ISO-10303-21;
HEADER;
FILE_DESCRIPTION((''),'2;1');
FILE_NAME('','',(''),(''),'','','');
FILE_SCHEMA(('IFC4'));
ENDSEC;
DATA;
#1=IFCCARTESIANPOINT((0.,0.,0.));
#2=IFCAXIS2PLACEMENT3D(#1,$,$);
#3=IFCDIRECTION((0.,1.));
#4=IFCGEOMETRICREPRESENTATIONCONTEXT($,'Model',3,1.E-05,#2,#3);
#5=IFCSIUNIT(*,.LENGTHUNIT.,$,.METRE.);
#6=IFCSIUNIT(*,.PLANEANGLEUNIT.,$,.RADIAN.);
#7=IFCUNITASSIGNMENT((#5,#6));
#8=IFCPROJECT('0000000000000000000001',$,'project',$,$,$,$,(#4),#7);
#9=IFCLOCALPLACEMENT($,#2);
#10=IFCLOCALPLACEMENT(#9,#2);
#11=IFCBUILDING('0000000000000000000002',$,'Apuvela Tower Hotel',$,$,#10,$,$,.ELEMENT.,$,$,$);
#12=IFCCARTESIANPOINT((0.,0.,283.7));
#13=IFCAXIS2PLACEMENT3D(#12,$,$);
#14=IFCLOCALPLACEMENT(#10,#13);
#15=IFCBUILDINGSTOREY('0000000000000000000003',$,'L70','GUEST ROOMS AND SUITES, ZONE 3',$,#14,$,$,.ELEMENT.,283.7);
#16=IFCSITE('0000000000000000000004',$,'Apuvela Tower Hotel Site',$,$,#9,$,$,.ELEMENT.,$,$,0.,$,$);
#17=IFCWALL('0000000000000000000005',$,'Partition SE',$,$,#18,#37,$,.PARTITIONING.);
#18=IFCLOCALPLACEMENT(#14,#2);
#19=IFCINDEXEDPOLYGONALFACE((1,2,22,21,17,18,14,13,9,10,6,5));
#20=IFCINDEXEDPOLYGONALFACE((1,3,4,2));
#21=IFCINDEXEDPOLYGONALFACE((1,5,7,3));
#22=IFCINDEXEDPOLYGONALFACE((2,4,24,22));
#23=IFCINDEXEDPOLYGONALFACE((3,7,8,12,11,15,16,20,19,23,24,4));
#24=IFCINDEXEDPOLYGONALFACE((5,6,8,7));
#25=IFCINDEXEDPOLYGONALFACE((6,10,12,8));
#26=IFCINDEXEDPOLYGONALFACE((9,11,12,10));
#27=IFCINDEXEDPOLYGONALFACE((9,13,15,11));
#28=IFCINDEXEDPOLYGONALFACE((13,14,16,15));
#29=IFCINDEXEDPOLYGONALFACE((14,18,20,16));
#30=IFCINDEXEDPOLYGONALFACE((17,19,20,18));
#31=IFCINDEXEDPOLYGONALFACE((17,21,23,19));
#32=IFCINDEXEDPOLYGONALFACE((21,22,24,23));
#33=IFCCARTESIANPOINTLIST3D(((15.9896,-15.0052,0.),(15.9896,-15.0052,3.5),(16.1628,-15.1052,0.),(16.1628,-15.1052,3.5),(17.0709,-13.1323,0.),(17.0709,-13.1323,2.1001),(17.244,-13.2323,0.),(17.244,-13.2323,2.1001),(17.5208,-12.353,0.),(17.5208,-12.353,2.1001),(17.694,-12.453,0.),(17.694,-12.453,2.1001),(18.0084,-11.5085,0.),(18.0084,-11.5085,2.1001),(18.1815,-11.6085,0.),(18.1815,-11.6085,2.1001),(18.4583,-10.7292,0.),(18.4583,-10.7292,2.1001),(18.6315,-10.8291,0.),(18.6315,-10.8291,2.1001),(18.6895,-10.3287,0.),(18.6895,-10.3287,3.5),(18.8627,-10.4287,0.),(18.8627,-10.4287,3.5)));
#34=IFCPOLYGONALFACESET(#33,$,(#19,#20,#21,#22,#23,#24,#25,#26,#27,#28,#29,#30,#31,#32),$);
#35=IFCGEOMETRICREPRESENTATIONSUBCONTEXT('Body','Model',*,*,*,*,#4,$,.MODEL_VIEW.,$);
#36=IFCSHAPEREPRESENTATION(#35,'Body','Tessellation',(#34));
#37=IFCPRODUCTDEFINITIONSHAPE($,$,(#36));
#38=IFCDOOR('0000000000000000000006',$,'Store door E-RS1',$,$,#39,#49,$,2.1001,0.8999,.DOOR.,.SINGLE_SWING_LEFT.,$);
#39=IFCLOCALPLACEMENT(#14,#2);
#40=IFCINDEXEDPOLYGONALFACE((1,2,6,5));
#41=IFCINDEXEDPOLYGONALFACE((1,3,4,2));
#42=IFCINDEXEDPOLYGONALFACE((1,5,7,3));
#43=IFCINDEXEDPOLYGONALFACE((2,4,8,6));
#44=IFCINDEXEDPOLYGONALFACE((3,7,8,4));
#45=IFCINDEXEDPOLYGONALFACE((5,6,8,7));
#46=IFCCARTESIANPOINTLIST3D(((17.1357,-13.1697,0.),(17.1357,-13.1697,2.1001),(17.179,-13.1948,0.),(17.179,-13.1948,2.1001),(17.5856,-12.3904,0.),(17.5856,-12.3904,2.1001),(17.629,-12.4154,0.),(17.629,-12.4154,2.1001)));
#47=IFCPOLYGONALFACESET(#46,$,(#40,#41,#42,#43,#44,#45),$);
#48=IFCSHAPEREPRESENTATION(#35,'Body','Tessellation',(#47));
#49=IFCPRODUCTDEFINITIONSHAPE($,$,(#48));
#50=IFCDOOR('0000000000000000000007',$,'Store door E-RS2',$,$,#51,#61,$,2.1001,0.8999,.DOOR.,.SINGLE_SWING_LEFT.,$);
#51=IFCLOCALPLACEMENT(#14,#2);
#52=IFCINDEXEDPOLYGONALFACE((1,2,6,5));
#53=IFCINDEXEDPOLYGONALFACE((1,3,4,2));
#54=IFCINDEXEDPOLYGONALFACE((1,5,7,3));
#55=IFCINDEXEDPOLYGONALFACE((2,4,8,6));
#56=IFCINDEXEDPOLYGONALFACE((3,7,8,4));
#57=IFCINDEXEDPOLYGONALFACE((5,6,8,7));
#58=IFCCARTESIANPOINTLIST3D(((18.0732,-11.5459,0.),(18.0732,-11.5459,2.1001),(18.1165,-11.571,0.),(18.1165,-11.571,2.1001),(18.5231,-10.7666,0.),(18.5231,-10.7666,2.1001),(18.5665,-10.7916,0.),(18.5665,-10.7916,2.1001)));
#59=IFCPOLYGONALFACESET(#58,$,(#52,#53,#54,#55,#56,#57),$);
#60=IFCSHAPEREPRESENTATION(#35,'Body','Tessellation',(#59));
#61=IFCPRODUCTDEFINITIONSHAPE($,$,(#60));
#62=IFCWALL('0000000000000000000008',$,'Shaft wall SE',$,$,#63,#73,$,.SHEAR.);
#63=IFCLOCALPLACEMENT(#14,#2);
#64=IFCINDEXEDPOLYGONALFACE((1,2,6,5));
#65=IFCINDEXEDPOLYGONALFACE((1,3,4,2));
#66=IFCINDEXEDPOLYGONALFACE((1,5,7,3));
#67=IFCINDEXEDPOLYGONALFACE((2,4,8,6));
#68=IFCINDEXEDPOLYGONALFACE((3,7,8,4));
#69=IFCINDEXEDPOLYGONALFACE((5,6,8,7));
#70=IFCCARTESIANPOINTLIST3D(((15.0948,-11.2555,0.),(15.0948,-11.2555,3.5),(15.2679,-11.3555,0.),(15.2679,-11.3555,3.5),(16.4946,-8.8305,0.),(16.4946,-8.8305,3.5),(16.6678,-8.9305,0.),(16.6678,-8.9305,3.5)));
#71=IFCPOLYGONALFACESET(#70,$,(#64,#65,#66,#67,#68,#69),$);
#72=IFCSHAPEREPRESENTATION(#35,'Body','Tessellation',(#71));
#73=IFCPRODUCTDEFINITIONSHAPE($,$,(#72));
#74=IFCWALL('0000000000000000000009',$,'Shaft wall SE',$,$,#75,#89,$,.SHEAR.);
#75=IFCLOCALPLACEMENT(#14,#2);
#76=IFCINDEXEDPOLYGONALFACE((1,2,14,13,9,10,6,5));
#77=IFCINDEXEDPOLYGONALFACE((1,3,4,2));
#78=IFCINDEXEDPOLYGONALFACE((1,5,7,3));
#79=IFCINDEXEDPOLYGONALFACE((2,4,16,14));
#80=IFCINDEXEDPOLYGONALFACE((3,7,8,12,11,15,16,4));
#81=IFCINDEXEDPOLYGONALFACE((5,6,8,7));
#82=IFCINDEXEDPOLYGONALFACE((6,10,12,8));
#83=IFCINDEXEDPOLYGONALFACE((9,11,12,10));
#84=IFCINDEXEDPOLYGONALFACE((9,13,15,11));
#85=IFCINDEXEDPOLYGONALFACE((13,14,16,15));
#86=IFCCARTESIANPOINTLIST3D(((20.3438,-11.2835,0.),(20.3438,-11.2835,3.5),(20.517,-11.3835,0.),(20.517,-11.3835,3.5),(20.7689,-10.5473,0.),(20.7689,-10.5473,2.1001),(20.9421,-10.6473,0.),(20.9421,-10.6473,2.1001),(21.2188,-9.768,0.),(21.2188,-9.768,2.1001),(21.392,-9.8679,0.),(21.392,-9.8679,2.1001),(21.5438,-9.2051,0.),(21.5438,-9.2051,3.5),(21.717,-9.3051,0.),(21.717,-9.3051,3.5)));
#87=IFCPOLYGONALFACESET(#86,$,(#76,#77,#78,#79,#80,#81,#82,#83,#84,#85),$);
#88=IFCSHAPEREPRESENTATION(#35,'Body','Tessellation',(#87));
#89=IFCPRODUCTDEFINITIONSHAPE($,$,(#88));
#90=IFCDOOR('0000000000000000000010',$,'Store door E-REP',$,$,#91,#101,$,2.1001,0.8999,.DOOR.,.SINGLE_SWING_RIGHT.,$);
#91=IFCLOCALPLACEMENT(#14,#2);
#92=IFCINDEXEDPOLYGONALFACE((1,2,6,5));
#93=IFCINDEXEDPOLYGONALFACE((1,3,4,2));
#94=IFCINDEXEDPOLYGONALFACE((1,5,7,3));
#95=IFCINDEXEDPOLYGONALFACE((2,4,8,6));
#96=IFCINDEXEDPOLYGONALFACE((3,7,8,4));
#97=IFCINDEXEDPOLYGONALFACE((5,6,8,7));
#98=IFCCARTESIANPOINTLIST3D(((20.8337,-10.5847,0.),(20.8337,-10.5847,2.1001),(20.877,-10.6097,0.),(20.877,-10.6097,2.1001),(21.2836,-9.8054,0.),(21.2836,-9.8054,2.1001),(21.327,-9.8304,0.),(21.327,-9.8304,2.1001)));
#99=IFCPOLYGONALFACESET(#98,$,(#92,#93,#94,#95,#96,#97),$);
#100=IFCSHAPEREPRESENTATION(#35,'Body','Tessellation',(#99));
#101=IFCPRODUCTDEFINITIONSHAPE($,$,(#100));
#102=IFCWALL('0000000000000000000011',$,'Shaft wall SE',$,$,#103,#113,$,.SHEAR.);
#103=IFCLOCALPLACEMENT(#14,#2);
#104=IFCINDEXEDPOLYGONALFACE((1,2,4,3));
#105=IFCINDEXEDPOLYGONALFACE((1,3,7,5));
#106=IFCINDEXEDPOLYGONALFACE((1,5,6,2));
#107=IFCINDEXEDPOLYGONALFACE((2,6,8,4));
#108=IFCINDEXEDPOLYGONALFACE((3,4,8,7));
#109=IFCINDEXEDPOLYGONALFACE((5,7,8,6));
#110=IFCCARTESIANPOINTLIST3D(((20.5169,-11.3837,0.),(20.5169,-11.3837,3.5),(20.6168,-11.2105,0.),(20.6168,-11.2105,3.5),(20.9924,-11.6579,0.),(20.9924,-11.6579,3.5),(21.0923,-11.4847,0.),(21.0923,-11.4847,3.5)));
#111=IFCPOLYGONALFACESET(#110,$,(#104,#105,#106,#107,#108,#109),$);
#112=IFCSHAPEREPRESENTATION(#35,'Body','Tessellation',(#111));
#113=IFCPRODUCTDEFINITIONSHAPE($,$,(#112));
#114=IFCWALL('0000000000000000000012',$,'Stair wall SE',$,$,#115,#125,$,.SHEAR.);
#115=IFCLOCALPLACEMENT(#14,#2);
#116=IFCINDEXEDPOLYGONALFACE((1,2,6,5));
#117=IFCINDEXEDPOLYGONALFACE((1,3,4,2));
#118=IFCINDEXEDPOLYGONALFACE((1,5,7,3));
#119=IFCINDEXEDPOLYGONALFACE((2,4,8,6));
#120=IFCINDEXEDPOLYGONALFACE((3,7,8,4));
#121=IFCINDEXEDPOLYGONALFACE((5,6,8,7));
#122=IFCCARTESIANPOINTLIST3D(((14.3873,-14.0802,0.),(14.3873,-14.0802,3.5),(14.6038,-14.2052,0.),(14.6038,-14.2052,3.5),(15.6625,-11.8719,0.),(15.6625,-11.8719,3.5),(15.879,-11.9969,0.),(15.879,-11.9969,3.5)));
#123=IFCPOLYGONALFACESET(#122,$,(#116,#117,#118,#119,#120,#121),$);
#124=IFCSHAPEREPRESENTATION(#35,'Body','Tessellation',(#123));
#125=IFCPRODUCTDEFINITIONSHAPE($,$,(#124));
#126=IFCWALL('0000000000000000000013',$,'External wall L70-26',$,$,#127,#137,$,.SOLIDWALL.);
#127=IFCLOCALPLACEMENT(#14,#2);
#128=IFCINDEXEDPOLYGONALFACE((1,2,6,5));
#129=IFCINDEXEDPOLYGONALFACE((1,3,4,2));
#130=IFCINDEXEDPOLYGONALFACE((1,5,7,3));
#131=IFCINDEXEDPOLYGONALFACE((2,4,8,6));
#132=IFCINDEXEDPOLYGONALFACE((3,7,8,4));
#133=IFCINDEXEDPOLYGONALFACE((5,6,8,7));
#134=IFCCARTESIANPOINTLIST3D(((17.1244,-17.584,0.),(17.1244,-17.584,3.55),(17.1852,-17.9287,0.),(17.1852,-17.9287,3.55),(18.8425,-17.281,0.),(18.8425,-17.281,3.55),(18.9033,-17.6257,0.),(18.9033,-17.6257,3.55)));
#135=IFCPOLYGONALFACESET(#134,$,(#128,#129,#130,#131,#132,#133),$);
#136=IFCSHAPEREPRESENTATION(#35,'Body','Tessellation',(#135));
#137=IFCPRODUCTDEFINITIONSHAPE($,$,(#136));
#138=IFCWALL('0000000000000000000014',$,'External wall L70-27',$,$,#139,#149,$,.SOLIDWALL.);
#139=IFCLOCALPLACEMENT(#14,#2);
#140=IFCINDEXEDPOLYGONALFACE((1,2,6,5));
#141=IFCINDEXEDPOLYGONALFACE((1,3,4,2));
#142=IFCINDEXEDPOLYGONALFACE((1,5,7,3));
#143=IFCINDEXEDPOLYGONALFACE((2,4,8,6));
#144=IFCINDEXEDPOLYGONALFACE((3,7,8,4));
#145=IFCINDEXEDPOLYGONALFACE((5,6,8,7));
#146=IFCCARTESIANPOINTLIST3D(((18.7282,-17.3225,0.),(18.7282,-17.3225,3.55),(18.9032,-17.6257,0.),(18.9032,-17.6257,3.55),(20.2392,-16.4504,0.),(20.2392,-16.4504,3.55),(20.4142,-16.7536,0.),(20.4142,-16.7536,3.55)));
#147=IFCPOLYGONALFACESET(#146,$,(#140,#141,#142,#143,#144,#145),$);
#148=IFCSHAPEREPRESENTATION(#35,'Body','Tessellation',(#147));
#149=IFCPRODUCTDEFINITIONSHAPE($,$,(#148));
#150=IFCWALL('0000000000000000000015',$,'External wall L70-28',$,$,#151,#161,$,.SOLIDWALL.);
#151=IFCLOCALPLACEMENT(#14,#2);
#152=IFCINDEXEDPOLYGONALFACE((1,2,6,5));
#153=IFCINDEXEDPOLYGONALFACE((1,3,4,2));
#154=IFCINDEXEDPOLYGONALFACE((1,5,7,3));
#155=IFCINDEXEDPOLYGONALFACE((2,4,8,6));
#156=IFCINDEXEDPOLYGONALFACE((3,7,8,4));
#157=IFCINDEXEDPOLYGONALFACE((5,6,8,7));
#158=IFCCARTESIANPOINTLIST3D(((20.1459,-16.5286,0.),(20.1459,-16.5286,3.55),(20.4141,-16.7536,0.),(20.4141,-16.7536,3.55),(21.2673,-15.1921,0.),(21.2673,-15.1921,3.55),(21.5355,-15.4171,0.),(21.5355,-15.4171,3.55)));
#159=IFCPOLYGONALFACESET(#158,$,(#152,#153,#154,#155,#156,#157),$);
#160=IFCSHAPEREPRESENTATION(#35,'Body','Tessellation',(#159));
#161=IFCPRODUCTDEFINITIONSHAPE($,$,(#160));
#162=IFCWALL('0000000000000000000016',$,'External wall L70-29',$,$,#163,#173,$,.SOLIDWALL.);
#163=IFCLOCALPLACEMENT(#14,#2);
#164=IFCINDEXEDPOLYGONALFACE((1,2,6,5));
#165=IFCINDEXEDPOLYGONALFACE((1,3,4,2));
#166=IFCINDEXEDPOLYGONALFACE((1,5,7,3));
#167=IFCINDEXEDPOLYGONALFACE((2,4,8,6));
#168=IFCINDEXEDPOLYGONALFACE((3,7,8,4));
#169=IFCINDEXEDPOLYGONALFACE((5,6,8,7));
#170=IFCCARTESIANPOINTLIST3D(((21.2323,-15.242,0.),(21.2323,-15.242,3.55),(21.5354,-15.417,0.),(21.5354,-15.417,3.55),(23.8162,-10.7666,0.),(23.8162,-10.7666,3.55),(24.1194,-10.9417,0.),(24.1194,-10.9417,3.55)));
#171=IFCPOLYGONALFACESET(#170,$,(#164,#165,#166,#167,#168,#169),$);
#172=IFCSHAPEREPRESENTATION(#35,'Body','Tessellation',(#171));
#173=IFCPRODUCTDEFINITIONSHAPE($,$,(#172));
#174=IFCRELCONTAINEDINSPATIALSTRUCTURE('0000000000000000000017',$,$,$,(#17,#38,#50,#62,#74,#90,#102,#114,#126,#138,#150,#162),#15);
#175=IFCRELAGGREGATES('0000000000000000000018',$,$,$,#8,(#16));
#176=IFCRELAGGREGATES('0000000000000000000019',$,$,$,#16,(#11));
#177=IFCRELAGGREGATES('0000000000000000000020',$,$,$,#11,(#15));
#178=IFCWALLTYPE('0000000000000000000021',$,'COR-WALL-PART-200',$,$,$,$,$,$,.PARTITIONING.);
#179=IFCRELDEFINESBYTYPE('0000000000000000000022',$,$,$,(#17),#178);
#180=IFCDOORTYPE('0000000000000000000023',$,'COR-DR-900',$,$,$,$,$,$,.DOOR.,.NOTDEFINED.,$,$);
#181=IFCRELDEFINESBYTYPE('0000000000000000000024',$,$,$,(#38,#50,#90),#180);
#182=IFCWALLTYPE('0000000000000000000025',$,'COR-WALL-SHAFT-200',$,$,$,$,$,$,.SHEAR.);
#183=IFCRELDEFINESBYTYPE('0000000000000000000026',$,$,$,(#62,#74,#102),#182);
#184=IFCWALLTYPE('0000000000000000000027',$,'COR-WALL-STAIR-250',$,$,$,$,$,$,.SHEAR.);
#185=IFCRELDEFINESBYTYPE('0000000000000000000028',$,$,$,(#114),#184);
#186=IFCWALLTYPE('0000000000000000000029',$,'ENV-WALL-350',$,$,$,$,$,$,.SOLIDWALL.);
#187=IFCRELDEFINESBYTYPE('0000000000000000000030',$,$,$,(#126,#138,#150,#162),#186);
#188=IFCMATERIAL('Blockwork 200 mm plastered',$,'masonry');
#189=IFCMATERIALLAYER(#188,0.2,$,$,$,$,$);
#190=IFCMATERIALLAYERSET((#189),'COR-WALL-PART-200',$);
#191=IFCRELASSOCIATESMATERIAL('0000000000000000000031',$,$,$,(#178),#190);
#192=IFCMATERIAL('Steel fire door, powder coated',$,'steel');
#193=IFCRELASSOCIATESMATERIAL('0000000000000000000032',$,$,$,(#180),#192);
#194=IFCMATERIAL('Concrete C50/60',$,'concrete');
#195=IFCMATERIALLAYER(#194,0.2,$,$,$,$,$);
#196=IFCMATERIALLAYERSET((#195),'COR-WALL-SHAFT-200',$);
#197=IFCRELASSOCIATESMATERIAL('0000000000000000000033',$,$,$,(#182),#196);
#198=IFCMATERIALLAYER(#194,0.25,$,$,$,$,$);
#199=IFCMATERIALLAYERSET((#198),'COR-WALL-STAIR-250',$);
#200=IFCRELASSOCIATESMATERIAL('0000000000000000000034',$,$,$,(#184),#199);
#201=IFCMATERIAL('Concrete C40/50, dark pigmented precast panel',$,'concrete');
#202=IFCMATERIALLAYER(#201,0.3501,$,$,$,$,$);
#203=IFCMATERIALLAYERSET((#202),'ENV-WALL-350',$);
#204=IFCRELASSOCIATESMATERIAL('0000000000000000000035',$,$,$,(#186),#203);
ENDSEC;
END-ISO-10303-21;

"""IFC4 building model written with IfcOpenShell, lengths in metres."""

from ifc_helpers import new_model, si_unit, direction, frame, frame_2d, origin, place, context, subcontext, project, spatial, rectangle, extrude, material, layer, layer_set, type_object, element, fill, save


model = new_model("IFC4")

# Units and contexts
model_context = context("Model", 3, precision=1e-05, world=origin(), true_north=direction((0.0, 1.0)))
body_context = subcontext(model_context, "Body", "Model", "MODEL_VIEW")
ifc_project = project(units=[si_unit("LENGTHUNIT", "METRE"), si_unit("PLANEANGLEUNIT", "RADIAN")], contexts=[model_context])

# Site, building, storey
site_placement = place(None, origin())
site = spatial("IfcSite", under=ifc_project, at=site_placement, Name="Apuvela Tower Hotel Site", CompositionType="ELEMENT", RefElevation=0.0)
building_placement = place(site_placement, origin())
building = spatial("IfcBuilding", under=site, at=building_placement, Name="Apuvela Tower Hotel", CompositionType="ELEMENT")
storey_placement = place(building_placement, frame((0.0, 0.0, 283.7)))
storey = spatial("IfcBuildingStorey", under=building, at=storey_placement, Name="L70", Description="GUEST ROOMS AND SUITES, ZONE 3", CompositionType="ELEMENT", Elevation=283.7)

# Wall, openings, doors
ifc_material_1 = material(Name="Blockwork 200 mm plastered", Category="masonry")
ifc_layer_1 = layer(ifc_material_1, 0.2)
ifc_layer_set_1 = layer_set([ifc_layer_1], Name="COR-WALL-PART-200")
wall_type_1 = type_object("IfcWallType", Name="COR-WALL-PART-200", PredefinedType="PARTITIONING", material=ifc_layer_set_1)
wall_1_placement = place(storey_placement, frame((16.0762, -15.0552, 0.0), z_axis=(0.0, 0.0, 1.0), x_axis=(0.499995, 0.866028, 0.0)))
wall_1 = element("IfcWall", 1, at=wall_1_placement, inside=storey, type_object=wall_type_1, Name="Partition SE", PredefinedType="PARTITIONING", context=body_context, shape_type="SweptSolid", body=[
    extrude(rectangle(XDim=5.3999, YDim=0.2, at=frame_2d((2.7, 0.0))), origin(), (0.0, 0.0, 1.0), 3.5),
])
opening_1_placement = place(wall_1_placement, frame((2.1626, 0.0, 0.0)))
opening_1 = element("IfcOpeningElement", 2, at=opening_1_placement, cuts=wall_1, PredefinedType="OPENING", context=body_context, shape_type="SweptSolid", body=[
    extrude(rectangle(XDim=0.8999, YDim=2.1001, at=frame_2d((0.45, 1.05))), frame((0.0, 0.1099, 0.0), z_axis=(0.0, -1.0, 0.0), x_axis=(1.0, 0.0, 0.0)), (0.0, 0.0, 1.0), 0.22),
])
opening_2_placement = place(wall_1_placement, frame((4.0376, 0.0, 0.0)))
opening_2 = element("IfcOpeningElement", 3, at=opening_2_placement, cuts=wall_1, PredefinedType="OPENING", context=body_context, shape_type="SweptSolid", body=[
    extrude(rectangle(XDim=0.8999, YDim=2.1001, at=frame_2d((0.45, 1.05))), frame((0.0, 0.1099, 0.0), z_axis=(0.0, -1.0, 0.0), x_axis=(1.0, 0.0, 0.0)), (0.0, 0.0, 1.0), 0.22),
])
ifc_material_2 = material(Name="Steel fire door, powder coated", Category="steel")
door_type_1 = type_object("IfcDoorType", Name="COR-DR-900", OperationType="NOTDEFINED", PredefinedType="DOOR", material=ifc_material_2)
door_1_placement = place(opening_1_placement, frame((0.8999, 0.0, 0.0), z_axis=(0.0, 0.0, 1.0), x_axis=(-1.0, 0.0, 0.0)))
door_1 = element("IfcDoor", 4, at=door_1_placement, inside=storey, type_object=door_type_1, Name="Store door E-RS1", OperationType="SINGLE_SWING_LEFT", OverallHeight=2.1001, OverallWidth=0.8999, PredefinedType="DOOR", context=body_context, shape_type="SweptSolid", body=[
    extrude(rectangle(XDim=0.8999, YDim=2.1001, at=frame_2d((0.45, 1.05))), frame((0.0, 0.0249, 0.0), z_axis=(0.0, -1.0, 0.0), x_axis=(1.0, 0.0, 0.0)), (0.0, 0.0, 1.0), 0.05),
])
fill(opening_1, door_1)
door_2_placement = place(opening_2_placement, frame((0.8999, 0.0, 0.0), z_axis=(0.0, 0.0, 1.0), x_axis=(-1.0, 0.0, 0.0)))
door_2 = element("IfcDoor", 5, at=door_2_placement, inside=storey, type_object=door_type_1, Name="Store door E-RS2", OperationType="SINGLE_SWING_LEFT", OverallHeight=2.1001, OverallWidth=0.8999, PredefinedType="DOOR", context=body_context, shape_type="SweptSolid", body=[
    extrude(rectangle(XDim=0.8999, YDim=2.1001, at=frame_2d((0.45, 1.05))), frame((0.0, 0.0249, 0.0), z_axis=(0.0, -1.0, 0.0), x_axis=(1.0, 0.0, 0.0)), (0.0, 0.0, 1.0), 0.05),
])
fill(opening_2, door_2)

# Wall
ifc_material_3 = material(Name="Concrete C50/60", Category="concrete")
ifc_layer_2 = layer(ifc_material_3, 0.2)
ifc_layer_set_2 = layer_set([ifc_layer_2], Name="COR-WALL-SHAFT-200")
wall_type_2 = type_object("IfcWallType", Name="COR-WALL-SHAFT-200", PredefinedType="SHEAR", material=ifc_layer_set_2)
wall_2_placement = place(storey_placement, frame((15.1814, -11.3054, 0.0), z_axis=(0.0, 0.0, 1.0), x_axis=(0.499946, 0.866056, 0.0)))
element("IfcWall", 6, at=wall_2_placement, inside=storey, type_object=wall_type_2, Name="Shaft wall SE", PredefinedType="SHEAR", context=body_context, shape_type="SweptSolid", body=[
    extrude(rectangle(XDim=2.8, YDim=0.2, at=frame_2d((1.3999, 0.0))), origin(), (0.0, 0.0, 1.0), 3.5),
])

# Wall, opening, door
wall_3_placement = place(storey_placement, frame((20.4304, -11.3335, 0.0), z_axis=(0.0, 0.0, 1.0), x_axis=(0.500001, 0.866025, 0.0)))
wall_3 = element("IfcWall", 7, at=wall_3_placement, inside=storey, type_object=wall_type_2, Name="Shaft wall SE", PredefinedType="SHEAR", context=body_context, shape_type="SweptSolid", body=[
    extrude(rectangle(XDim=2.3999, YDim=0.2, at=frame_2d((1.2, 0.0))), origin(), (0.0, 0.0, 1.0), 3.5),
])
opening_3_placement = place(wall_3_placement, frame((0.8501, 0.0, 0.0)))
opening_3 = element("IfcOpeningElement", 8, at=opening_3_placement, cuts=wall_3, PredefinedType="OPENING", context=body_context, shape_type="SweptSolid", body=[
    extrude(rectangle(XDim=0.8999, YDim=2.1001, at=frame_2d((0.45, 1.05))), frame((0.0, 0.1099, 0.0), z_axis=(0.0, -1.0, 0.0), x_axis=(1.0, 0.0, 0.0)), (0.0, 0.0, 1.0), 0.22),
])
door_3_placement = place(opening_3_placement, frame((0.8999, 0.0, 0.0), z_axis=(0.0, 0.0, 1.0), x_axis=(-1.0, 0.0, 0.0)))
door_3 = element("IfcDoor", 9, at=door_3_placement, inside=storey, type_object=door_type_1, Name="Store door E-REP", OperationType="SINGLE_SWING_RIGHT", OverallHeight=2.1001, OverallWidth=0.8999, PredefinedType="DOOR", context=body_context, shape_type="SweptSolid", body=[
    extrude(rectangle(XDim=0.8999, YDim=2.1001, at=frame_2d((0.45, 1.05))), frame((0.0, 0.0249, 0.0), z_axis=(0.0, -1.0, 0.0), x_axis=(1.0, 0.0, 0.0)), (0.0, 0.0, 1.0), 0.05),
])
fill(opening_3, door_3)

# Walls
wall_4_placement = place(storey_placement, frame((20.5669, -11.2971, 0.0), z_axis=(0.0, 0.0, 1.0), x_axis=(0.866237, -0.499633, 0.0)))
element("IfcWall", 10, at=wall_4_placement, inside=storey, type_object=wall_type_2, Name="Shaft wall SE", PredefinedType="SHEAR", context=body_context, shape_type="SweptSolid", body=[
    extrude(rectangle(XDim=0.5488, YDim=0.2, at=frame_2d((0.2744, 0.0))), origin(), (0.0, 0.0, 1.0), 3.5),
])
ifc_layer_3 = layer(ifc_material_3, 0.25)
ifc_layer_set_3 = layer_set([ifc_layer_3], Name="COR-WALL-STAIR-250")
wall_type_3 = type_object("IfcWallType", Name="COR-WALL-STAIR-250", PredefinedType="SHEAR", material=ifc_layer_set_3)
wall_5_placement = place(storey_placement, frame((14.4956, -14.1426, 0.0), z_axis=(0.0, 0.0, 1.0), x_axis=(0.500062, 0.865989, 0.0)))
element("IfcWall", 11, at=wall_5_placement, inside=storey, type_object=wall_type_3, Name="Stair wall SE", PredefinedType="SHEAR", context=body_context, shape_type="SweptSolid", body=[
    extrude(rectangle(XDim=2.55, YDim=0.25, at=frame_2d((1.2749, 0.0))), origin(), (0.0, 0.0, 1.0), 3.5),
])
ifc_material_4 = material(Name="Concrete C40/50, dark pigmented precast panel", Category="concrete")
ifc_layer_4 = layer(ifc_material_4, 0.3501)
ifc_layer_set_4 = layer_set([ifc_layer_4], Name="ENV-WALL-350")
wall_type_4 = type_object("IfcWallType", Name="ENV-WALL-350", PredefinedType="SOLIDWALL", material=ifc_layer_set_4)
for number, where, z_axis, x_axis, name in (
    (12, (17.1548, -17.7563, 0.0), (0.0, 0.0, 1.0), (0.984803, 0.173674, 0.0), "External wall L70-26"),
    (13, (18.8157, -17.4741, 0.0), (0.0, 0.0, 1.0), (0.866099, 0.499872, 0.0), "External wall L70-27"),
    (14, (20.28, -16.6411, 0.0), (0.0, 0.0, 1.0), (0.642769, 0.76606, 0.0), "External wall L70-28"),
):
    element("IfcWall", number, at=place(storey_placement, frame(where, z_axis=z_axis, x_axis=x_axis)), inside=storey, type_object=wall_type_4, Name=name, PredefinedType="SOLIDWALL", context=body_context, shape_type="SweptSolid", body=[
        extrude(rectangle(XDim=1.7446, YDim=0.3501, at=frame_2d((0.8723, 0.0))), origin(), (0.0, 0.0, 1.0), 3.55),
    ])
wall_6_placement = place(storey_placement, frame((21.3838, -15.3296, 0.0), z_axis=(0.0, 0.0, 1.0), x_axis=(0.500021, 0.866013, 0.0)))
element("IfcWall", 15, at=wall_6_placement, inside=storey, type_object=wall_type_4, Name="External wall L70-29", PredefinedType="SOLIDWALL", context=body_context, shape_type="SweptSolid", body=[
    extrude(rectangle(XDim=5.1677, YDim=0.3501, at=frame_2d((2.584, 0.0))), origin(), (0.0, 0.0, 1.0), 3.55),
])

save(model, "model.ifc")
